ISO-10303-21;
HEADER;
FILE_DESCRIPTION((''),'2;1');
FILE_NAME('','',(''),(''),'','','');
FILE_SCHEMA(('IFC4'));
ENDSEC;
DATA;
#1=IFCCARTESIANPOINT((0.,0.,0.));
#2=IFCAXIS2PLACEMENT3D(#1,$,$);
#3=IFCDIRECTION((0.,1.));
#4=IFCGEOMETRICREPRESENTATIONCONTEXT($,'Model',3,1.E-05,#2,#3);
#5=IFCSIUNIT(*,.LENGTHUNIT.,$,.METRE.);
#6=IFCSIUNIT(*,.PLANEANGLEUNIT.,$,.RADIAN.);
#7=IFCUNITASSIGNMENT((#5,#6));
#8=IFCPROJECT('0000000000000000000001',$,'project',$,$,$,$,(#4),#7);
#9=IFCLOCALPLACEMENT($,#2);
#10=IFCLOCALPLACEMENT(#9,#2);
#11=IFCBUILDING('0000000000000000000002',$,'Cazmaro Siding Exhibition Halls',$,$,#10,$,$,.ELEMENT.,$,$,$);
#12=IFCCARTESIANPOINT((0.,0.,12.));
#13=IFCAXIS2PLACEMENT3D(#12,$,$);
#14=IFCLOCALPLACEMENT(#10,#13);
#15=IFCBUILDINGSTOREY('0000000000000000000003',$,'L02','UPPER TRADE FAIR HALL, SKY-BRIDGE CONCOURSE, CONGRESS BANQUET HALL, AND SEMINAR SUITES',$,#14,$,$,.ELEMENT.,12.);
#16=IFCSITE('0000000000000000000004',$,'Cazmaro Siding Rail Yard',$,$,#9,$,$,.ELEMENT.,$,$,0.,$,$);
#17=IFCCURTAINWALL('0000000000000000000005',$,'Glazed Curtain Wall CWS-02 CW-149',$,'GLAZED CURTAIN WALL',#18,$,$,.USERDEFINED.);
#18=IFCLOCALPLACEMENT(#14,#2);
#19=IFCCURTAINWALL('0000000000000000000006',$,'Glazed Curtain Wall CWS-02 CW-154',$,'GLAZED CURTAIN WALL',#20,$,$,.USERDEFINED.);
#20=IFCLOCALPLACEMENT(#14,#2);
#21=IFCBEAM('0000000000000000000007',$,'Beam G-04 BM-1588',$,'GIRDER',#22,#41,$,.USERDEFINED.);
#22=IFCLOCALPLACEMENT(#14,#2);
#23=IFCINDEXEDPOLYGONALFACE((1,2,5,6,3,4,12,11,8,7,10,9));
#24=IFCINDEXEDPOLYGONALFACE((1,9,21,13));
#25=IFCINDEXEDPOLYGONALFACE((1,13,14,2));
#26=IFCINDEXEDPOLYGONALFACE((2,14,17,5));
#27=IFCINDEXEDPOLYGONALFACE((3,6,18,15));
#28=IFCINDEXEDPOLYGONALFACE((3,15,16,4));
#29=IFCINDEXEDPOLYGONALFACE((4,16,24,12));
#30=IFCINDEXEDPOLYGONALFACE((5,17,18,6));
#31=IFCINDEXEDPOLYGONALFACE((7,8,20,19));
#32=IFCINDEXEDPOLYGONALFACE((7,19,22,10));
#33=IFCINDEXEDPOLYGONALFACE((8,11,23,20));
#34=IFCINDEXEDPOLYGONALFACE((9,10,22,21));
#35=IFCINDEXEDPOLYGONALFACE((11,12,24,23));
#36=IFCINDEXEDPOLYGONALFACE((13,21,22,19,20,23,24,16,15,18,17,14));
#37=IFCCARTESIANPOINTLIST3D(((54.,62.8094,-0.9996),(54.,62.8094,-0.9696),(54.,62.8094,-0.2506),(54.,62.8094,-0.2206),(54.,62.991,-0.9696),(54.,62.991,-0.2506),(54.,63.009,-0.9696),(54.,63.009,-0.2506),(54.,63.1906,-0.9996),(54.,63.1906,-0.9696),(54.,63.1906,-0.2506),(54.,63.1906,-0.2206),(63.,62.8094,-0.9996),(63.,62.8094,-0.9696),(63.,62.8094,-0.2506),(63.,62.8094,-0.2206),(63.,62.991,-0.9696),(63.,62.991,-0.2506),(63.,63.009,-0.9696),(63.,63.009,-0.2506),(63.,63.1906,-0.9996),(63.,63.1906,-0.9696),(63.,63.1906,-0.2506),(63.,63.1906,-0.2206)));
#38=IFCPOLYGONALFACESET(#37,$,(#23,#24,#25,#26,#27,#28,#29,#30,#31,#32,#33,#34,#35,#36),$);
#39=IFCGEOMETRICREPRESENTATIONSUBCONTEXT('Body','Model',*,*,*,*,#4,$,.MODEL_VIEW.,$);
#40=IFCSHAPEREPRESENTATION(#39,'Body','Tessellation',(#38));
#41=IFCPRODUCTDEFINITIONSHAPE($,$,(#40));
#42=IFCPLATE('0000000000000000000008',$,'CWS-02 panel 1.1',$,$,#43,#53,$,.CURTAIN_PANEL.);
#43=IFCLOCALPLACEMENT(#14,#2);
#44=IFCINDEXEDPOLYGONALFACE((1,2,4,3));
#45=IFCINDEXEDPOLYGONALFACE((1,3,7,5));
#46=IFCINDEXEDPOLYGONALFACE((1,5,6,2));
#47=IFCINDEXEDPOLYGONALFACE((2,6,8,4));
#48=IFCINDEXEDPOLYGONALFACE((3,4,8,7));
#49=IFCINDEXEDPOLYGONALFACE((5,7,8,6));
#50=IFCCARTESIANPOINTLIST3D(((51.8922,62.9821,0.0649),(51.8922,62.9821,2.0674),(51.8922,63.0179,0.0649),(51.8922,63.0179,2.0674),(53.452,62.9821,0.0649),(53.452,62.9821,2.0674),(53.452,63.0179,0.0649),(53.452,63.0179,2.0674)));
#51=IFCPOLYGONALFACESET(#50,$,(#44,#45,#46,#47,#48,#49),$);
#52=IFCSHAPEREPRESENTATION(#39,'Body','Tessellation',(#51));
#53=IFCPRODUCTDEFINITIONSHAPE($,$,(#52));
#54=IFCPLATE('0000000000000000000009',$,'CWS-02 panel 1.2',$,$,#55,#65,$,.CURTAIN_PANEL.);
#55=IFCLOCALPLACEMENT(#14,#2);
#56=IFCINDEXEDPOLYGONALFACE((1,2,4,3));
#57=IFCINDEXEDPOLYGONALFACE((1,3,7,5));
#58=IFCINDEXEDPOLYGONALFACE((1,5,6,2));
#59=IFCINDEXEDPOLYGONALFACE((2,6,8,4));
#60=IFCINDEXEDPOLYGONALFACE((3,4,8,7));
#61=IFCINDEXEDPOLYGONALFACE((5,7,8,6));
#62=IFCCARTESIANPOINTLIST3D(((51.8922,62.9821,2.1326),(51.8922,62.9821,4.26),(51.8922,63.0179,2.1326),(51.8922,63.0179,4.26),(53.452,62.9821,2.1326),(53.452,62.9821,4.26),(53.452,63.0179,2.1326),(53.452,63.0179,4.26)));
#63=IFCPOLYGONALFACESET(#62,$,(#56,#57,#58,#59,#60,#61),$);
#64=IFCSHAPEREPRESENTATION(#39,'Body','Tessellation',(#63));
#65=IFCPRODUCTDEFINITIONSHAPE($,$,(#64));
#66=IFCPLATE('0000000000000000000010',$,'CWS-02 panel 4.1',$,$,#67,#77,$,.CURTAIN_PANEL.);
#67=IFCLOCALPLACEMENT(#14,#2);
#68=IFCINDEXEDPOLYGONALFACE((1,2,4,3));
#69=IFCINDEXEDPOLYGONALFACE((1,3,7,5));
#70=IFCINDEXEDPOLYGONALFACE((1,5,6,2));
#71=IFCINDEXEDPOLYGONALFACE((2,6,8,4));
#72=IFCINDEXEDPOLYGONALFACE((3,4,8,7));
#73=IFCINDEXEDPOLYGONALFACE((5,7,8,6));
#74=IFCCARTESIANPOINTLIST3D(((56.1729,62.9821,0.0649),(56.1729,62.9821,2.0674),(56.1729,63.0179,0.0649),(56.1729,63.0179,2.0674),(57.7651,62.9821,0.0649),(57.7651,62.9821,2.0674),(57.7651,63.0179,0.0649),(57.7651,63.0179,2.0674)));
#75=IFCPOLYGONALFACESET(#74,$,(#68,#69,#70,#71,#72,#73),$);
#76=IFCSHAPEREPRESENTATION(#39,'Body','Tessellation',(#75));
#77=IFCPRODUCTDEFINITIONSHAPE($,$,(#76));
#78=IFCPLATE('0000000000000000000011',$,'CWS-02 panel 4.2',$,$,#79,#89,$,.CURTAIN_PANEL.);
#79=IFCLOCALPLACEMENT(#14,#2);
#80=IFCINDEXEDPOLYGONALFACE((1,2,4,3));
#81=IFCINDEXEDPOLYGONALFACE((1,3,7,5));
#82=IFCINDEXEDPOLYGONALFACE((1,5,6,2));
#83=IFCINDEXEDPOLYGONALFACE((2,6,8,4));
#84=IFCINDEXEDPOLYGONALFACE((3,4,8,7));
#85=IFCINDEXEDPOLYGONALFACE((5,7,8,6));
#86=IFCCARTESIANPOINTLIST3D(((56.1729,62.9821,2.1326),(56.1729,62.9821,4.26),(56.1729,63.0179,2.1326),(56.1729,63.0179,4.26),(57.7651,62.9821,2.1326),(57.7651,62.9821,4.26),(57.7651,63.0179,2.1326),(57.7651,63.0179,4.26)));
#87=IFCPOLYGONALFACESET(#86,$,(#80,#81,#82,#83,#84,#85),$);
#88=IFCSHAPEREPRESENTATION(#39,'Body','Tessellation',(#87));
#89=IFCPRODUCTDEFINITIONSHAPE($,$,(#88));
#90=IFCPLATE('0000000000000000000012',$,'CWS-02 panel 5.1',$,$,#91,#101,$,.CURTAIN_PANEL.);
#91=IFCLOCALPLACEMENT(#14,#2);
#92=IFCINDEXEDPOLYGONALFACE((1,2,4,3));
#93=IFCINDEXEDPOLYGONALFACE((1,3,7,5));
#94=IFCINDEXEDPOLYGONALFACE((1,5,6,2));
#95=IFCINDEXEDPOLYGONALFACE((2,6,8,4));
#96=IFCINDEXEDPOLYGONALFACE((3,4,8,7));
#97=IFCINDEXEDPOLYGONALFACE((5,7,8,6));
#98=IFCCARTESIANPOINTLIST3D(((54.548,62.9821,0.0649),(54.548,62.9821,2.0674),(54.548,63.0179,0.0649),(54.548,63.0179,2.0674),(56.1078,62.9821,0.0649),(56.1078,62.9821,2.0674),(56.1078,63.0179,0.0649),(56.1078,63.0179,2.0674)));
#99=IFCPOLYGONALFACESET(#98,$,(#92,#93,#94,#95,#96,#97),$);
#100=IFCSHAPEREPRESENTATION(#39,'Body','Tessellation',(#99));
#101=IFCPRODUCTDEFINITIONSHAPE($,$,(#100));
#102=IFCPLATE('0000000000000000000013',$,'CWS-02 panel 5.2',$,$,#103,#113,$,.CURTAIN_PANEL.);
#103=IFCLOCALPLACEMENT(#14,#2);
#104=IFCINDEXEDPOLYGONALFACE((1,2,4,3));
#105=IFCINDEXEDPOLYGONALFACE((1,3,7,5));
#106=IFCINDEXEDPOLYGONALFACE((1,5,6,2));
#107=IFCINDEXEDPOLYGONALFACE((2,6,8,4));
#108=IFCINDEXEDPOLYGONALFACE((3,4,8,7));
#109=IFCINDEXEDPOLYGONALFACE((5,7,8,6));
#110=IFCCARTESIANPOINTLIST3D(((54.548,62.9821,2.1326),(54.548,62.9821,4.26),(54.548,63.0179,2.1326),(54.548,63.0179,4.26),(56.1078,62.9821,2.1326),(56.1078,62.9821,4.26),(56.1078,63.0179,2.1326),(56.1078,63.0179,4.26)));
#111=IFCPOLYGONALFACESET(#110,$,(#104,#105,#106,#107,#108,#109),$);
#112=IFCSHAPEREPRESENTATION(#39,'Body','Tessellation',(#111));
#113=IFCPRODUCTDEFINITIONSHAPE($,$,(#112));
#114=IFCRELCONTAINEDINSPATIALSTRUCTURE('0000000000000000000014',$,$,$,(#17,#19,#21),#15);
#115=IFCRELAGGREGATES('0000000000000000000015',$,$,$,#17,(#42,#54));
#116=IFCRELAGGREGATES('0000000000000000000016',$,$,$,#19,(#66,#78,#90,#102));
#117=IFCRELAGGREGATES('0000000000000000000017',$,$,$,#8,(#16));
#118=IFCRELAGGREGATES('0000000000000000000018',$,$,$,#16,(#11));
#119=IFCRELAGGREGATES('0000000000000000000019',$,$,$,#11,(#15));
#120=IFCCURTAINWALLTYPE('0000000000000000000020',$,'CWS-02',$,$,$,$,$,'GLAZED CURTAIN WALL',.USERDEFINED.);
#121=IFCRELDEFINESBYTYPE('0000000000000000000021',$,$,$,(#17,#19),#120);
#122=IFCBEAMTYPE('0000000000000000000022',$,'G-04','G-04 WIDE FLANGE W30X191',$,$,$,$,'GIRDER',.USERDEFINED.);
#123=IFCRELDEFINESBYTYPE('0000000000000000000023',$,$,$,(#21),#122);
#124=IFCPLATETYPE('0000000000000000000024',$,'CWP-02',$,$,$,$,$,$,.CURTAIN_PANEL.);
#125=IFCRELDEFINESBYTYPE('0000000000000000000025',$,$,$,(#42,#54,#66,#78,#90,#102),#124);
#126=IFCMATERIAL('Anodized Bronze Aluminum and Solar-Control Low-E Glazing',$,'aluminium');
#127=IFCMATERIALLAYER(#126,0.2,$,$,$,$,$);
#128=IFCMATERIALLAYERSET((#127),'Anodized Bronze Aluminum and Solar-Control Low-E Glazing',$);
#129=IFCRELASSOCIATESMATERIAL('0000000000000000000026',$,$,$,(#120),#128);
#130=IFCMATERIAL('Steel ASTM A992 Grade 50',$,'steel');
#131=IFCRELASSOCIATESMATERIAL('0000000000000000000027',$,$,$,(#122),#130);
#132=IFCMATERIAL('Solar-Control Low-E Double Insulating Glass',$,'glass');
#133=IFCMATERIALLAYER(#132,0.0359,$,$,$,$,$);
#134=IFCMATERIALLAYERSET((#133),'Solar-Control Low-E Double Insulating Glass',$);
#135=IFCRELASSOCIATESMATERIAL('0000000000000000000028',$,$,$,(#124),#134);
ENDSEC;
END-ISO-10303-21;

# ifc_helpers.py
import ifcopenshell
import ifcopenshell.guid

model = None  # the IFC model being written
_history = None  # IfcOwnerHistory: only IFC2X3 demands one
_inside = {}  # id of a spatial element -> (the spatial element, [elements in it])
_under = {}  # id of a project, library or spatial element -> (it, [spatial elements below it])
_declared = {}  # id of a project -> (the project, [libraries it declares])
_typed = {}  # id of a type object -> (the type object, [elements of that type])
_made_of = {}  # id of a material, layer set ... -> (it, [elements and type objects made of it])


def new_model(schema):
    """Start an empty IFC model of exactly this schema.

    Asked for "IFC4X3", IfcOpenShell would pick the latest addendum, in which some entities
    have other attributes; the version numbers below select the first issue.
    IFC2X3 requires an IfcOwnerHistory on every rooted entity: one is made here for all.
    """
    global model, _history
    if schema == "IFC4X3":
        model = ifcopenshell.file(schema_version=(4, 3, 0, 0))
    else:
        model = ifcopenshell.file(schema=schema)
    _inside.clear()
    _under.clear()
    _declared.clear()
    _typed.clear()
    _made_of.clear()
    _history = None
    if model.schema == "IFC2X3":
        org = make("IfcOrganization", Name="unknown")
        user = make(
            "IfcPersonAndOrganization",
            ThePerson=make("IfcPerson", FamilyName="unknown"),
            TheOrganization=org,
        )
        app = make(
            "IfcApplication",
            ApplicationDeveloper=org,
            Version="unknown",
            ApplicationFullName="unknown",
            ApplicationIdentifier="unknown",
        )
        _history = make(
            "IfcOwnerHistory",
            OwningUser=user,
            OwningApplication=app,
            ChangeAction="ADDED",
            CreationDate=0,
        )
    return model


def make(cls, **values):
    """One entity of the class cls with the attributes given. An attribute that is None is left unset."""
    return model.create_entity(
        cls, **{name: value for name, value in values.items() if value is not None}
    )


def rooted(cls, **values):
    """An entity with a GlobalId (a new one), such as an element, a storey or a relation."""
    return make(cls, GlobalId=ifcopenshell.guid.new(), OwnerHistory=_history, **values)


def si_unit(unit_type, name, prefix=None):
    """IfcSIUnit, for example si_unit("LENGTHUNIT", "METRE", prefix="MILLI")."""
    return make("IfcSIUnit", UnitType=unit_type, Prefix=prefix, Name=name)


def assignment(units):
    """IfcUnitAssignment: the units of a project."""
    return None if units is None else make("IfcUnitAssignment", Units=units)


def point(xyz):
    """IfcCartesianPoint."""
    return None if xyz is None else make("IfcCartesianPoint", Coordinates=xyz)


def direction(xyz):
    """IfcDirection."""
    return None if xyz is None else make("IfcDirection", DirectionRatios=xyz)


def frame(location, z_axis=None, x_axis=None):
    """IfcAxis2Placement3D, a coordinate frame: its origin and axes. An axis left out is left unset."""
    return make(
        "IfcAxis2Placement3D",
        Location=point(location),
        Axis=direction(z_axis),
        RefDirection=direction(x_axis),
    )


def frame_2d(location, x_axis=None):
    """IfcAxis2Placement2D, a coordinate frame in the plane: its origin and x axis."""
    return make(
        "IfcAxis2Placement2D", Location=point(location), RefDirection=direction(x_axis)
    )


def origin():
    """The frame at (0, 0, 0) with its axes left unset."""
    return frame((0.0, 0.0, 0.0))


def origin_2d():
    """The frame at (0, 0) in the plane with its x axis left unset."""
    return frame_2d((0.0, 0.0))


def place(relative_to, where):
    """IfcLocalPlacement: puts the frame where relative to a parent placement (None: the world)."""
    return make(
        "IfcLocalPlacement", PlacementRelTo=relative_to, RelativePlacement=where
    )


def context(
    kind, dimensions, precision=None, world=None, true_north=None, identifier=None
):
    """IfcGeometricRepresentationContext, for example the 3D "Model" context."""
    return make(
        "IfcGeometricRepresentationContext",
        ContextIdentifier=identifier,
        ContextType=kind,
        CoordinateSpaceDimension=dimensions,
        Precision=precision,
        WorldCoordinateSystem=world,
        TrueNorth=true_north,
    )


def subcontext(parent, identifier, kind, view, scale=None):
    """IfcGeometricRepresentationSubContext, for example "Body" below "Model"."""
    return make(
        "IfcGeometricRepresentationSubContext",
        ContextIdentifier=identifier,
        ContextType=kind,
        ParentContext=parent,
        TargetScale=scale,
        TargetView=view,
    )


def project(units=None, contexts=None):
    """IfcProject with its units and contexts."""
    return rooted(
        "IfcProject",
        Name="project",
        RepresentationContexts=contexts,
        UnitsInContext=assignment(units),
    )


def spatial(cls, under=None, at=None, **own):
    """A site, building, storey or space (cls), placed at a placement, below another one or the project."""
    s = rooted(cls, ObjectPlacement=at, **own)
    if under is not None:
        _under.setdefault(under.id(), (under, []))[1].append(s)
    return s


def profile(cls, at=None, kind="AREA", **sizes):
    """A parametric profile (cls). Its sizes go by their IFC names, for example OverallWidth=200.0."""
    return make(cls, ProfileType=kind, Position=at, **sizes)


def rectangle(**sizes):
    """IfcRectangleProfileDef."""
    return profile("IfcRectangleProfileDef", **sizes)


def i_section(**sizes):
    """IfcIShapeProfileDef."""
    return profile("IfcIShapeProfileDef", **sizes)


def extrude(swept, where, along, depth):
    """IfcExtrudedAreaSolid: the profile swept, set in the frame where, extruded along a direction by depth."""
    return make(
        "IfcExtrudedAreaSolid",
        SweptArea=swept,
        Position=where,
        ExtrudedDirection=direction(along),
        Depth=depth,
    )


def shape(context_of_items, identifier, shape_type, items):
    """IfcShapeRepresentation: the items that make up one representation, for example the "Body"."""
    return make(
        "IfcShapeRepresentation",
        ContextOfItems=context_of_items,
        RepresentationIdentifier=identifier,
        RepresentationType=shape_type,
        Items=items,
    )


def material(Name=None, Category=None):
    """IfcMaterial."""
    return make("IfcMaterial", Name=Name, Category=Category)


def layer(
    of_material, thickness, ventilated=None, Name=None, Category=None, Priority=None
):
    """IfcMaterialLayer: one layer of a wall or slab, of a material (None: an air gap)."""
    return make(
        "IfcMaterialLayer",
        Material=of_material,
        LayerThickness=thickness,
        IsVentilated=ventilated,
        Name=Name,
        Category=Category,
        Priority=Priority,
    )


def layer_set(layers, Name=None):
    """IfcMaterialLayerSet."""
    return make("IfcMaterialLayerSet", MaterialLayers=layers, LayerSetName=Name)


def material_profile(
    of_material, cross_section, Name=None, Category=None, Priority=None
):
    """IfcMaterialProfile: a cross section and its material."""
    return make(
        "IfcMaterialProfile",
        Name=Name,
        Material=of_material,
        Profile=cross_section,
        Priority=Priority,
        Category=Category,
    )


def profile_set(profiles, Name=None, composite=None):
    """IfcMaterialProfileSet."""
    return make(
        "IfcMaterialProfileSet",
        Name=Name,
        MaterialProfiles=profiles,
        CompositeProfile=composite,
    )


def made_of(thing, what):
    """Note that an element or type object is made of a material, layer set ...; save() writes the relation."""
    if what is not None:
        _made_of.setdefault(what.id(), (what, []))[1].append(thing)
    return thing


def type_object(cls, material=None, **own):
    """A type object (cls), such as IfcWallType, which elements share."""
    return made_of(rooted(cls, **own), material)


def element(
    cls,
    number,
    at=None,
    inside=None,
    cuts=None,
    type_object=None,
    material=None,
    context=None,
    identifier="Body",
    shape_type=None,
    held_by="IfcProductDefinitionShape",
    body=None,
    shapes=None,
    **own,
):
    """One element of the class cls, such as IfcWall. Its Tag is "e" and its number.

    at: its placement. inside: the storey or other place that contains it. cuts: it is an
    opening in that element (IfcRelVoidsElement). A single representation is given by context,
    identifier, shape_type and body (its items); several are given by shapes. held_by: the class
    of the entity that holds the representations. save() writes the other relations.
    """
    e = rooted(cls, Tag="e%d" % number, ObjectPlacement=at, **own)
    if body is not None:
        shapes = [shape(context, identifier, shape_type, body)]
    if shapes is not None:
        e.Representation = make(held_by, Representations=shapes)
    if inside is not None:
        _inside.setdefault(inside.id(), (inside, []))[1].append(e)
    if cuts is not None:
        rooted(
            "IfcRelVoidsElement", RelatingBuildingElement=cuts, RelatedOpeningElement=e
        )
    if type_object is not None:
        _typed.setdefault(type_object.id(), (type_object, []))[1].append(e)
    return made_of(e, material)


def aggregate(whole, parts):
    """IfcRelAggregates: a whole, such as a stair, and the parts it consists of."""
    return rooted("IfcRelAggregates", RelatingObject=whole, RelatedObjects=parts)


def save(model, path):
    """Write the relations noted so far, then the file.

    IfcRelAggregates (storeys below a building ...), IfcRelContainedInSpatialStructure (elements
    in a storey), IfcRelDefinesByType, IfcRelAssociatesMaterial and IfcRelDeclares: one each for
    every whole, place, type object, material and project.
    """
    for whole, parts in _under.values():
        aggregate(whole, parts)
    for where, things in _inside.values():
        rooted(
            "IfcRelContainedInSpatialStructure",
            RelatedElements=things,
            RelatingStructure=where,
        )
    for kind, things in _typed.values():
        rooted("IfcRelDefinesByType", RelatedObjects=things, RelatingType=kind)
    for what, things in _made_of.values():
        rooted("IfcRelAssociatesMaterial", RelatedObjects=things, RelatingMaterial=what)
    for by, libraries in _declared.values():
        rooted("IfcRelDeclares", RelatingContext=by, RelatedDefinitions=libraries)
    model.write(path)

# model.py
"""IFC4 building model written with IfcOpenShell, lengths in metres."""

from ifc_helpers import new_model, si_unit, direction, frame, origin, origin_2d, place, context, subcontext, project, spatial, rectangle, i_section, extrude, material, layer, layer_set, material_profile, profile_set, type_object, element, aggregate, save


model = new_model("IFC4")

# Units and contexts
model_context = context("Model", 3, precision=1e-05, world=origin(), true_north=direction((0.0, 1.0)))
body_context = subcontext(model_context, "Body", "Model", "MODEL_VIEW")
ifc_project = project(units=[si_unit("LENGTHUNIT", "METRE"), si_unit("PLANEANGLEUNIT", "RADIAN")], contexts=[model_context])

# Site, building, storey
site_placement = place(None, origin())
site = spatial("IfcSite", under=ifc_project, at=site_placement, Name="Cazmaro Siding Rail Yard", CompositionType="ELEMENT", RefElevation=0.0)
building_placement = place(site_placement, origin())
building = spatial("IfcBuilding", under=site, at=building_placement, Name="Cazmaro Siding Exhibition Halls", CompositionType="ELEMENT")
storey_placement = place(building_placement, frame((0.0, 0.0, 12.0)))
storey = spatial("IfcBuildingStorey", under=building, at=storey_placement, Name="L02", Description="UPPER TRADE FAIR HALL, SKY-BRIDGE CONCOURSE, CONGRESS BANQUET HALL, AND SEMINAR SUITES", CompositionType="ELEMENT", Elevation=12.0)

# Curtain walls
ifc_material_1 = material(Name="Anodized Bronze Aluminum and Solar-Control Low-E Glazing", Category="aluminium")
ifc_layer_1 = layer(ifc_material_1, 0.2)
ifc_layer_set_1 = layer_set([ifc_layer_1], Name="Anodized Bronze Aluminum and Solar-Control Low-E Glazing")
curtain_wall_type = type_object("IfcCurtainWallType", Name="CWS-02", ElementType="GLAZED CURTAIN WALL", PredefinedType="USERDEFINED", material=ifc_layer_set_1)
curtain_wall_1_placement = place(storey_placement, origin())
curtain_wall_1 = element("IfcCurtainWall", 1, at=curtain_wall_1_placement, inside=storey, type_object=curtain_wall_type, Name="Glazed Curtain Wall CWS-02 CW-149", ObjectType="GLAZED CURTAIN WALL", PredefinedType="USERDEFINED")
curtain_wall_2_placement = place(storey_placement, origin())
curtain_wall_2 = element("IfcCurtainWall", 2, at=curtain_wall_2_placement, inside=storey, type_object=curtain_wall_type, Name="Glazed Curtain Wall CWS-02 CW-154", ObjectType="GLAZED CURTAIN WALL", PredefinedType="USERDEFINED")

# Beam
ifc_material_2 = material(Name="Steel ASTM A992 Grade 50", Category="steel")
ifc_material_profile_1 = material_profile(ifc_material_2, i_section(OverallWidth=0.3811, OverallDepth=0.7791, WebThickness=0.0181, FlangeThickness=0.03, at=origin_2d()), Name="W30X191")
ifc_profile_set_1 = profile_set([ifc_material_profile_1], Name="Steel ASTM A992 Grade 50")
beam_type = type_object("IfcBeamType", Name="G-04", Description="G-04 WIDE FLANGE W30X191", ElementType="GIRDER", PredefinedType="USERDEFINED", material=ifc_profile_set_1)
beam_placement = place(storey_placement, frame((54.0, 63.0, -0.6101), z_axis=(1.0, 0.0, 0.0), x_axis=(0.0, 1.0, 0.0)))
element("IfcBeam", 3, at=beam_placement, inside=storey, type_object=beam_type, Name="Beam G-04 BM-1588", ObjectType="GIRDER", PredefinedType="USERDEFINED", context=body_context, shape_type="SweptSolid", body=[
    extrude(i_section(OverallWidth=0.3811, OverallDepth=0.7791, WebThickness=0.0181, FlangeThickness=0.03, at=origin_2d()), origin(), (0.0, 0.0, 1.0), 9.0),
])

# Plates
ifc_material_3 = material(Name="Solar-Control Low-E Double Insulating Glass", Category="glass")
ifc_layer_2 = layer(ifc_material_3, 0.0359)
ifc_layer_set_2 = layer_set([ifc_layer_2], Name="Solar-Control Low-E Double Insulating Glass")
plate_type = type_object("IfcPlateType", Name="CWP-02", PredefinedType="CURTAIN_PANEL", material=ifc_layer_set_2)
plate_1_placement = place(storey_placement, frame((52.6721, 63.0, 0.0649), z_axis=(0.0, 0.0, 1.0), x_axis=(-1.0, 0.0, 0.0)))
plate_1 = element("IfcPlate", 4, at=plate_1_placement, type_object=plate_type, Name="CWS-02 panel 1.1", PredefinedType="CURTAIN_PANEL", context=body_context, shape_type="SweptSolid", body=[
    extrude(rectangle(XDim=1.5598, YDim=0.0359, at=origin_2d()), origin(), (0.0, 0.0, 1.0), 2.0024),
])
plate_2_placement = place(storey_placement, frame((52.6721, 63.0, 2.1326), z_axis=(0.0, 0.0, 1.0), x_axis=(-1.0, 0.0, 0.0)))
plate_2 = element("IfcPlate", 5, at=plate_2_placement, type_object=plate_type, Name="CWS-02 panel 1.2", PredefinedType="CURTAIN_PANEL", context=body_context, shape_type="SweptSolid", body=[
    extrude(rectangle(XDim=1.5598, YDim=0.0359, at=origin_2d()), origin(), (0.0, 0.0, 1.0), 2.1274),
])
aggregate(curtain_wall_1, [plate_1, plate_2])
plate_3_placement = place(storey_placement, frame((56.969, 63.0, 0.0649), z_axis=(0.0, 0.0, 1.0), x_axis=(-1.0, 0.0, 0.0)))
plate_3 = element("IfcPlate", 6, at=plate_3_placement, type_object=plate_type, Name="CWS-02 panel 4.1", PredefinedType="CURTAIN_PANEL", context=body_context, shape_type="SweptSolid", body=[
    extrude(rectangle(XDim=1.5923, YDim=0.0359, at=origin_2d()), origin(), (0.0, 0.0, 1.0), 2.0024),
])
plate_4_placement = place(storey_placement, frame((56.969, 63.0, 2.1326), z_axis=(0.0, 0.0, 1.0), x_axis=(-1.0, 0.0, 0.0)))
plate_4 = element("IfcPlate", 7, at=plate_4_placement, type_object=plate_type, Name="CWS-02 panel 4.2", PredefinedType="CURTAIN_PANEL", context=body_context, shape_type="SweptSolid", body=[
    extrude(rectangle(XDim=1.5923, YDim=0.0359, at=origin_2d()), origin(), (0.0, 0.0, 1.0), 2.1274),
])
plate_5_placement = place(storey_placement, frame((55.3279, 63.0, 0.0649), z_axis=(0.0, 0.0, 1.0), x_axis=(-1.0, 0.0, 0.0)))
plate_5 = element("IfcPlate", 8, at=plate_5_placement, type_object=plate_type, Name="CWS-02 panel 5.1", PredefinedType="CURTAIN_PANEL", context=body_context, shape_type="SweptSolid", body=[
    extrude(rectangle(XDim=1.5598, YDim=0.0359, at=origin_2d()), origin(), (0.0, 0.0, 1.0), 2.0024),
])
plate_6_placement = place(storey_placement, frame((55.3279, 63.0, 2.1326), z_axis=(0.0, 0.0, 1.0), x_axis=(-1.0, 0.0, 0.0)))
plate_6 = element("IfcPlate", 9, at=plate_6_placement, type_object=plate_type, Name="CWS-02 panel 5.2", PredefinedType="CURTAIN_PANEL", context=body_context, shape_type="SweptSolid", body=[
    extrude(rectangle(XDim=1.5598, YDim=0.0359, at=origin_2d()), origin(), (0.0, 0.0, 1.0), 2.1274),
])
aggregate(curtain_wall_2, [plate_3, plate_4, plate_5, plate_6])

save(model, "model.ifc")
